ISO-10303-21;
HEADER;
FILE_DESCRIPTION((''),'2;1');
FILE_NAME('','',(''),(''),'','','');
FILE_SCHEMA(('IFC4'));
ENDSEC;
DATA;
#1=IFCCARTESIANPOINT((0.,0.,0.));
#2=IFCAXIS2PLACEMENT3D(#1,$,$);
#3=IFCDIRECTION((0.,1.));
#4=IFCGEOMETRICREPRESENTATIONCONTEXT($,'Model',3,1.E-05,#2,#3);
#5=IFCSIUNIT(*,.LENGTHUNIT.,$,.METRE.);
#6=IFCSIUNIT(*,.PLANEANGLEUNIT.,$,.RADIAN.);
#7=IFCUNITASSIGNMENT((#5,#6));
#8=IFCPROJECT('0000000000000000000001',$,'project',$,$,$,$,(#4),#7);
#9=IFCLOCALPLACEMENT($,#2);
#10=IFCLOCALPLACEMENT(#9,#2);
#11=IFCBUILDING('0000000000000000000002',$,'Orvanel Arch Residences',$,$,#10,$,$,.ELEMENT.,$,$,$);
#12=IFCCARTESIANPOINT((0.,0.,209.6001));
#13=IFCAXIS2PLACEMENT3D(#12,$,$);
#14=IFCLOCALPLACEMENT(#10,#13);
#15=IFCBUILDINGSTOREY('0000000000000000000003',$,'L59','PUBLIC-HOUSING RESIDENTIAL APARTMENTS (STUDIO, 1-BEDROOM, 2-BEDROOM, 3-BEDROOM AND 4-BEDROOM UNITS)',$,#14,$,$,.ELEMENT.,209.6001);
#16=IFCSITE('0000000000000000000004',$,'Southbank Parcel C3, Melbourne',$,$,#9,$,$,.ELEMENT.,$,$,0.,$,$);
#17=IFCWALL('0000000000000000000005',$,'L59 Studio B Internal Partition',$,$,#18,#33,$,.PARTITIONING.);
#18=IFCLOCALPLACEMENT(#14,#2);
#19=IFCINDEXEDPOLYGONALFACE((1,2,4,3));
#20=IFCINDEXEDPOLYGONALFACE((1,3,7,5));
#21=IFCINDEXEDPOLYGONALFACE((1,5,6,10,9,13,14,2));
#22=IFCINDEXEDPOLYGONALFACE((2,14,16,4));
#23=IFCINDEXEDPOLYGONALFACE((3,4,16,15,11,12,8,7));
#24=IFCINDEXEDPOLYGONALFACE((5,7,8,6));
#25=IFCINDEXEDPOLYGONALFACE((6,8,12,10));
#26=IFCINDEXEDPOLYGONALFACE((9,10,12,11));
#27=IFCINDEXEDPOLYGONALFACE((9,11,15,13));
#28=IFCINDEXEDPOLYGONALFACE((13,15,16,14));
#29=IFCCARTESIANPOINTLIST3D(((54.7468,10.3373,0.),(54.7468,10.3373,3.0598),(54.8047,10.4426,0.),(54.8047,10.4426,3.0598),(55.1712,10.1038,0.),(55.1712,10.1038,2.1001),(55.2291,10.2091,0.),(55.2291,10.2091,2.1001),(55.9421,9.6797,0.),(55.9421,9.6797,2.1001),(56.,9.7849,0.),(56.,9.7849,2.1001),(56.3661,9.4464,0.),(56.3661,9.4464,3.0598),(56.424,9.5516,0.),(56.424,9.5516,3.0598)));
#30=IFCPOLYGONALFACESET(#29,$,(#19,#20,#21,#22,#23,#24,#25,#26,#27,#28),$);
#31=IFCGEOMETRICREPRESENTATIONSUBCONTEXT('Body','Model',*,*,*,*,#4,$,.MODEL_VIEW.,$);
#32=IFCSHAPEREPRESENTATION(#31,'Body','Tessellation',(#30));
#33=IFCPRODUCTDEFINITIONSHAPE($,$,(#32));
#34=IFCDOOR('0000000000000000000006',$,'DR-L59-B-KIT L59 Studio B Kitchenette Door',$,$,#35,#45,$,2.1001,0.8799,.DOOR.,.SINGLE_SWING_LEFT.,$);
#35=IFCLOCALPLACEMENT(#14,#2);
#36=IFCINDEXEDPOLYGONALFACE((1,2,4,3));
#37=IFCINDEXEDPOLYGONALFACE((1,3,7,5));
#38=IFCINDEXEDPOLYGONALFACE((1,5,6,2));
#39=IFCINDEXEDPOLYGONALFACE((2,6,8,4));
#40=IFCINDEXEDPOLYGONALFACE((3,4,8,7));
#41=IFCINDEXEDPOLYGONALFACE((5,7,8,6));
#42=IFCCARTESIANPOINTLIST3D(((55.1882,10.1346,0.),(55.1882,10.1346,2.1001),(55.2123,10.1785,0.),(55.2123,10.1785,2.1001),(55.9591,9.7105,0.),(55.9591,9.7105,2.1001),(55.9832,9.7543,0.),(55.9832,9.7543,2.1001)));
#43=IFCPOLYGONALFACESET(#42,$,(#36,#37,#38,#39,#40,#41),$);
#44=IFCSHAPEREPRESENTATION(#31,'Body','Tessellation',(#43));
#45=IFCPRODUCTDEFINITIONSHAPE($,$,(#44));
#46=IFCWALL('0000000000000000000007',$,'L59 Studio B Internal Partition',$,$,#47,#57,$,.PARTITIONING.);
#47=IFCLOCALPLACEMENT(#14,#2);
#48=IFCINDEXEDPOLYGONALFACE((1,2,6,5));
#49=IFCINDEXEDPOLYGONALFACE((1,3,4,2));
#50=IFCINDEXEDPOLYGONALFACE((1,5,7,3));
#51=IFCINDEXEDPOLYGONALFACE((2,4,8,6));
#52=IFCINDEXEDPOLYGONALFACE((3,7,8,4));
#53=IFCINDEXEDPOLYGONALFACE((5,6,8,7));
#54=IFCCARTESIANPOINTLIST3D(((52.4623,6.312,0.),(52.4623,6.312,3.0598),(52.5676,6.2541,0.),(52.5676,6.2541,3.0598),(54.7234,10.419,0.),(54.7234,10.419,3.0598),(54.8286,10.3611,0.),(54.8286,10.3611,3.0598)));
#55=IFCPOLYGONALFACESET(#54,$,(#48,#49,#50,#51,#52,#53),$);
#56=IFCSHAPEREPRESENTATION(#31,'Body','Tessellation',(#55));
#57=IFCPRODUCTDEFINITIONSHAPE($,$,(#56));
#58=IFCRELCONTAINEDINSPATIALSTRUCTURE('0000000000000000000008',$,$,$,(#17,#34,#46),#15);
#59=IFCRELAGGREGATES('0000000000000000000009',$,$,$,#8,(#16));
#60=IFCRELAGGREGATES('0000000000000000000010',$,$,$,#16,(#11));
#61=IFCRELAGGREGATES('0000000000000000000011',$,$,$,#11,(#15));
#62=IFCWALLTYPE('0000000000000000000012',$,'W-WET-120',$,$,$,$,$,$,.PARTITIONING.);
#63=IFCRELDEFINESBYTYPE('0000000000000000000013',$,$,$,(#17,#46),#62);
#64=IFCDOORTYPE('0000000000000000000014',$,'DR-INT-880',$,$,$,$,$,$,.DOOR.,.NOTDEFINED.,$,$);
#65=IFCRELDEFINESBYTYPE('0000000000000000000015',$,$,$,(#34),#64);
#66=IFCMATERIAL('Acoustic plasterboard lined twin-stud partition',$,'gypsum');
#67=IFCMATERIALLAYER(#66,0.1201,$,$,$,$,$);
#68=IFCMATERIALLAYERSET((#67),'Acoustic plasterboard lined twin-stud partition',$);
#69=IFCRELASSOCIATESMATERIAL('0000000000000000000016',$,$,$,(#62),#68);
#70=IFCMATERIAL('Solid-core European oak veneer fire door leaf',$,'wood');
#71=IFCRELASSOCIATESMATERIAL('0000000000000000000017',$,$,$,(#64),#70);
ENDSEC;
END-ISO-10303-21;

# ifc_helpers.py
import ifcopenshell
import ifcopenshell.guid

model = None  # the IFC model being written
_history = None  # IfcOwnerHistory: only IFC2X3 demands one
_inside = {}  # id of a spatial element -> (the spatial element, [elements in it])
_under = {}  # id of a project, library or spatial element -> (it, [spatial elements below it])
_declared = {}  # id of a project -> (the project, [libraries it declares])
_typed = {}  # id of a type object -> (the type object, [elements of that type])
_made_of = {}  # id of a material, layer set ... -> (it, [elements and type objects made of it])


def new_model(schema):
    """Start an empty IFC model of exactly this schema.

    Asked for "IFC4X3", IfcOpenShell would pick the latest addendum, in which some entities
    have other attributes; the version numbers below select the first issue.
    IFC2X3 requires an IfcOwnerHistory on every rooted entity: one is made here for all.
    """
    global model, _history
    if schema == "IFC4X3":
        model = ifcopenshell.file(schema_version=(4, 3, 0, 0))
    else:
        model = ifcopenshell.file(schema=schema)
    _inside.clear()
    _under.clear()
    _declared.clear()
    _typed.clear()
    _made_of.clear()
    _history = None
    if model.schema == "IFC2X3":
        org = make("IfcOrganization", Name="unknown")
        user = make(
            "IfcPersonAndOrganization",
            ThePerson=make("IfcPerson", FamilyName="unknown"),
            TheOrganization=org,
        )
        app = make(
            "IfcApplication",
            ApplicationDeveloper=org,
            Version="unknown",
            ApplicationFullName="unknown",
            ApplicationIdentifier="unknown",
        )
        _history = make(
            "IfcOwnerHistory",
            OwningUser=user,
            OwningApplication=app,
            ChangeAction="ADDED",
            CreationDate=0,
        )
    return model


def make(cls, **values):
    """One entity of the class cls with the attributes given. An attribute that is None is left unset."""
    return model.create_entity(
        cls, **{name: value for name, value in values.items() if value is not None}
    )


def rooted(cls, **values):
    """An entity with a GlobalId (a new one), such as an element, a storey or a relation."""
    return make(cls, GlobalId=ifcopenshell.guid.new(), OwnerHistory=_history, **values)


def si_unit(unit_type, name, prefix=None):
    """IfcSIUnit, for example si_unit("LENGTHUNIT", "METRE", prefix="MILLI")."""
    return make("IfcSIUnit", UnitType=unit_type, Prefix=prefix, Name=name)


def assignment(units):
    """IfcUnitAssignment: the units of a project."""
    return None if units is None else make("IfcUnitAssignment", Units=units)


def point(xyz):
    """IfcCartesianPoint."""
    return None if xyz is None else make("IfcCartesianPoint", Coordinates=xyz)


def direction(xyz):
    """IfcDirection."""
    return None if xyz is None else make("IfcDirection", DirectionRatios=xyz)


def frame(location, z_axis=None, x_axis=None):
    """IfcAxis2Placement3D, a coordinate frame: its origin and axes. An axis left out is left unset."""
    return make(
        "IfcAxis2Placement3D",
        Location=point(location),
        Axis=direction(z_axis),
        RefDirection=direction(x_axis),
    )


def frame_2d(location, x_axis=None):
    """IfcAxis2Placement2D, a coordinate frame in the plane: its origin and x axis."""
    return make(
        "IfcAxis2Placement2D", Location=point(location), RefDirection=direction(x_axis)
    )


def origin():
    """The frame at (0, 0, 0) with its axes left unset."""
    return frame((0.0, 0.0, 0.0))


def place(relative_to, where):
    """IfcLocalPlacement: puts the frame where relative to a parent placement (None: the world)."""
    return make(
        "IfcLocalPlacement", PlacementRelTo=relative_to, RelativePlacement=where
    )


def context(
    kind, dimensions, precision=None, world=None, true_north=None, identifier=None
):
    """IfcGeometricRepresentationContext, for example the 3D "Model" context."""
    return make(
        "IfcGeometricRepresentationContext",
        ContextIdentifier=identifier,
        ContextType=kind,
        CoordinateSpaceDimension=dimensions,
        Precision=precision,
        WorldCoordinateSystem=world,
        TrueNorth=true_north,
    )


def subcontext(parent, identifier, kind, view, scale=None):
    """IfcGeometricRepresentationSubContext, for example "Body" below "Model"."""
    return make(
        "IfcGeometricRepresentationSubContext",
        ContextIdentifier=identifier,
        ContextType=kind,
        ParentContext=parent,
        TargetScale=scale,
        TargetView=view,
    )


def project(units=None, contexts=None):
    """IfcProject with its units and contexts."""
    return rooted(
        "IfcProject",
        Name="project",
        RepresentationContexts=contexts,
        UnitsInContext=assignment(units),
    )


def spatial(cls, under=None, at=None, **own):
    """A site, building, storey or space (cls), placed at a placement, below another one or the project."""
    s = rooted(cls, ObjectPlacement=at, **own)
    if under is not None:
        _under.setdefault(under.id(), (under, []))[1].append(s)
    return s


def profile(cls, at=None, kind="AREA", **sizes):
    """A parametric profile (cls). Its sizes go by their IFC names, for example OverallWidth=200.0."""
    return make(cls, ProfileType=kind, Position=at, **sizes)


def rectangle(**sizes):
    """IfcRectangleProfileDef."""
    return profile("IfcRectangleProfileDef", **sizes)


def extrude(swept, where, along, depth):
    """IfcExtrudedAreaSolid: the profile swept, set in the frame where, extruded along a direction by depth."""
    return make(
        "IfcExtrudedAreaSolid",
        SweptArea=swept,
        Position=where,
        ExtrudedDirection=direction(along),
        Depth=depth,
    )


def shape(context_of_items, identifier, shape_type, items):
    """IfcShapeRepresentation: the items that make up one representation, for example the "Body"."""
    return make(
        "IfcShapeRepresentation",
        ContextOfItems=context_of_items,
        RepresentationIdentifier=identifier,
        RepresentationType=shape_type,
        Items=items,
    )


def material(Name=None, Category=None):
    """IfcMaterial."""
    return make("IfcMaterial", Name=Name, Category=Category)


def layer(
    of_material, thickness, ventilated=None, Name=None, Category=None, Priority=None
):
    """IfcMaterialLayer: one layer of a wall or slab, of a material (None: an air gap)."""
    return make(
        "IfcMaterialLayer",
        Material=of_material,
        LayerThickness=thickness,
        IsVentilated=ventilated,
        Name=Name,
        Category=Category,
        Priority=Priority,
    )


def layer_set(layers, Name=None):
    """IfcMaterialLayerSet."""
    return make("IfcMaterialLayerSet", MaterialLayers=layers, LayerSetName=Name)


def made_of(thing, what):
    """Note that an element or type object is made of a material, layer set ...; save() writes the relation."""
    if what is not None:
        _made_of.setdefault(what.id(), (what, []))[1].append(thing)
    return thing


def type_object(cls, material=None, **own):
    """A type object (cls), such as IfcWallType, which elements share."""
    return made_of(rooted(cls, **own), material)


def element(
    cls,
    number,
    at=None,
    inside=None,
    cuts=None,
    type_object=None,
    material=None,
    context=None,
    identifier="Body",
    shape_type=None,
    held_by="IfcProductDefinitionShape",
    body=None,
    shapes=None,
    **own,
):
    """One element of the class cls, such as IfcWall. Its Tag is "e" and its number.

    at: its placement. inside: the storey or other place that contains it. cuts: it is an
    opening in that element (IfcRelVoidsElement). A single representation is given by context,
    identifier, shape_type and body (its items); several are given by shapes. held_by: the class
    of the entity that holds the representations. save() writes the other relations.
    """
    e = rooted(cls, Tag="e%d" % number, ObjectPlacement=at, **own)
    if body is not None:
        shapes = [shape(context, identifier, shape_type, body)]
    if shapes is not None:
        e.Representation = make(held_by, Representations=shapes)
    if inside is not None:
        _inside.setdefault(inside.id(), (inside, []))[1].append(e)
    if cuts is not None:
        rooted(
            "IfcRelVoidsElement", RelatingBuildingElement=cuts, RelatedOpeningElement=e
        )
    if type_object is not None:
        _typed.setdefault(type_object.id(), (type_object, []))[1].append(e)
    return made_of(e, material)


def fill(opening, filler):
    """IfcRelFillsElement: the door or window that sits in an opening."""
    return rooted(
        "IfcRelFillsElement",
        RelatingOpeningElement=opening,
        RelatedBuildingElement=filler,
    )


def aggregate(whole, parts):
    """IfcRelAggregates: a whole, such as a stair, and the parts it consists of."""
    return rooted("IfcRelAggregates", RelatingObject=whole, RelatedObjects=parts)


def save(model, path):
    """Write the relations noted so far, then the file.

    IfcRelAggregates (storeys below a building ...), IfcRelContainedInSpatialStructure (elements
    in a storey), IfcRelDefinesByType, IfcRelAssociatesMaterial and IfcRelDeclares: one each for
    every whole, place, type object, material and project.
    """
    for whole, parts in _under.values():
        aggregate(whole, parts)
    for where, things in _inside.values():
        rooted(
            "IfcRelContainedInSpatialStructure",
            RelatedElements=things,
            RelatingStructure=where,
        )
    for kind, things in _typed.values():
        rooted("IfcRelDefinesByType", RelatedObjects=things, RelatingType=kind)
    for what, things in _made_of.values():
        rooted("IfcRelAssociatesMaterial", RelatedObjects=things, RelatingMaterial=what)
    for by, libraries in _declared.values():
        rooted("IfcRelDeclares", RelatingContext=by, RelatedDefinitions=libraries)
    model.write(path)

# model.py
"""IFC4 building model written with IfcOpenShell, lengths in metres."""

from ifc_helpers import new_model, si_unit, direction, frame, frame_2d, origin, place, context, subcontext, project, spatial, rectangle, extrude, material, layer, layer_set, type_object, element, fill, save


model = new_model("IFC4")

# Units and contexts
model_context = context("Model", 3, precision=1e-05, world=origin(), true_north=direction((0.0, 1.0)))
body_context = subcontext(model_context, "Body", "Model", "MODEL_VIEW")
ifc_project = project(units=[si_unit("LENGTHUNIT", "METRE"), si_unit("PLANEANGLEUNIT", "RADIAN")], contexts=[model_context])

# Site, building, storey
site_placement = place(None, origin())
site = spatial("IfcSite", under=ifc_project, at=site_placement, Name="Southbank Parcel C3, Melbourne", CompositionType="ELEMENT", RefElevation=0.0)
building_placement = place(site_placement, origin())
building = spatial("IfcBuilding", under=site, at=building_placement, Name="Orvanel Arch Residences", CompositionType="ELEMENT")
storey_placement = place(building_placement, frame((0.0, 0.0, 209.6001)))
storey = spatial("IfcBuildingStorey", under=building, at=storey_placement, Name="L59", Description="PUBLIC-HOUSING RESIDENTIAL APARTMENTS (STUDIO, 1-BEDROOM, 2-BEDROOM, 3-BEDROOM AND 4-BEDROOM UNITS)", CompositionType="ELEMENT", Elevation=209.6001)

# Shared definitions
ifc_material_1 = material(Name="Acoustic plasterboard lined twin-stud partition", Category="gypsum")

# Wall, opening, door
ifc_layer_1 = layer(ifc_material_1, 0.1201)
ifc_layer_set_1 = layer_set([ifc_layer_1], Name="Acoustic plasterboard lined twin-stud partition")
wall_type_1 = type_object("IfcWallType", Name="W-WET-120", PredefinedType="PARTITIONING", material=ifc_layer_set_1)
wall_1_placement = place(storey_placement, frame((56.395, 9.499, 0.0), z_axis=(0.0, 0.0, 1.0), x_axis=(-0.876138, 0.482061, 0.0)))
wall_1 = element("IfcWall", 1, at=wall_1_placement, inside=storey, type_object=wall_type_1, Name="L59 Studio B Internal Partition", PredefinedType="PARTITIONING", context=body_context, shape_type="SweptSolid", body=[
    extrude(rectangle(XDim=1.8481, YDim=0.1201, at=frame_2d((0.9241, 0.0))), origin(), (0.0, 0.0, 1.0), 3.0598),
])
opening_placement = place(wall_1_placement, frame((0.4839, 0.0, 0.0)))
opening = element("IfcOpeningElement", 2, at=opening_placement, cuts=wall_1, PredefinedType="OPENING", context=body_context, shape_type="SweptSolid", body=[
    extrude(rectangle(XDim=0.8799, YDim=2.1001, at=frame_2d((0.4399, 1.05))), frame((0.0, 0.0701, 0.0), z_axis=(0.0, -1.0, 0.0), x_axis=(1.0, 0.0, 0.0)), (0.0, 0.0, 1.0), 0.1401),
])
ifc_material_2 = material(Name="Solid-core European oak veneer fire door leaf", Category="wood")
door_type = type_object("IfcDoorType", Name="DR-INT-880", OperationType="NOTDEFINED", PredefinedType="DOOR", material=ifc_material_2)
door_placement = place(opening_placement, origin())
door = element("IfcDoor", 3, at=door_placement, inside=storey, type_object=door_type, Name="DR-L59-B-KIT L59 Studio B Kitchenette Door", OperationType="SINGLE_SWING_LEFT", OverallHeight=2.1001, OverallWidth=0.8799, PredefinedType="DOOR", context=body_context, shape_type="SweptSolid", body=[
    extrude(rectangle(XDim=0.8799, YDim=2.1001, at=frame_2d((0.4399, 1.05))), frame((0.0, 0.0249, 0.0), z_axis=(0.0, -1.0, 0.0), x_axis=(1.0, 0.0, 0.0)), (0.0, 0.0, 1.0), 0.05),
])
fill(opening, door)

# Wall
wall_2_placement = place(storey_placement, frame((52.5149, 6.283, 0.0), z_axis=(0.0, 0.0, 1.0), x_axis=(0.482275, 0.87602, 0.0)))
element("IfcWall", 4, at=wall_2_placement, inside=storey, type_object=wall_type_1, Name="L59 Studio B Internal Partition", PredefinedType="PARTITIONING", context=body_context, shape_type="SweptSolid", body=[
    extrude(rectangle(XDim=4.6882, YDim=0.1201, at=frame_2d((2.3442, 0.0))), origin(), (0.0, 0.0, 1.0), 3.0598),
])

save(model, "model.ifc")
